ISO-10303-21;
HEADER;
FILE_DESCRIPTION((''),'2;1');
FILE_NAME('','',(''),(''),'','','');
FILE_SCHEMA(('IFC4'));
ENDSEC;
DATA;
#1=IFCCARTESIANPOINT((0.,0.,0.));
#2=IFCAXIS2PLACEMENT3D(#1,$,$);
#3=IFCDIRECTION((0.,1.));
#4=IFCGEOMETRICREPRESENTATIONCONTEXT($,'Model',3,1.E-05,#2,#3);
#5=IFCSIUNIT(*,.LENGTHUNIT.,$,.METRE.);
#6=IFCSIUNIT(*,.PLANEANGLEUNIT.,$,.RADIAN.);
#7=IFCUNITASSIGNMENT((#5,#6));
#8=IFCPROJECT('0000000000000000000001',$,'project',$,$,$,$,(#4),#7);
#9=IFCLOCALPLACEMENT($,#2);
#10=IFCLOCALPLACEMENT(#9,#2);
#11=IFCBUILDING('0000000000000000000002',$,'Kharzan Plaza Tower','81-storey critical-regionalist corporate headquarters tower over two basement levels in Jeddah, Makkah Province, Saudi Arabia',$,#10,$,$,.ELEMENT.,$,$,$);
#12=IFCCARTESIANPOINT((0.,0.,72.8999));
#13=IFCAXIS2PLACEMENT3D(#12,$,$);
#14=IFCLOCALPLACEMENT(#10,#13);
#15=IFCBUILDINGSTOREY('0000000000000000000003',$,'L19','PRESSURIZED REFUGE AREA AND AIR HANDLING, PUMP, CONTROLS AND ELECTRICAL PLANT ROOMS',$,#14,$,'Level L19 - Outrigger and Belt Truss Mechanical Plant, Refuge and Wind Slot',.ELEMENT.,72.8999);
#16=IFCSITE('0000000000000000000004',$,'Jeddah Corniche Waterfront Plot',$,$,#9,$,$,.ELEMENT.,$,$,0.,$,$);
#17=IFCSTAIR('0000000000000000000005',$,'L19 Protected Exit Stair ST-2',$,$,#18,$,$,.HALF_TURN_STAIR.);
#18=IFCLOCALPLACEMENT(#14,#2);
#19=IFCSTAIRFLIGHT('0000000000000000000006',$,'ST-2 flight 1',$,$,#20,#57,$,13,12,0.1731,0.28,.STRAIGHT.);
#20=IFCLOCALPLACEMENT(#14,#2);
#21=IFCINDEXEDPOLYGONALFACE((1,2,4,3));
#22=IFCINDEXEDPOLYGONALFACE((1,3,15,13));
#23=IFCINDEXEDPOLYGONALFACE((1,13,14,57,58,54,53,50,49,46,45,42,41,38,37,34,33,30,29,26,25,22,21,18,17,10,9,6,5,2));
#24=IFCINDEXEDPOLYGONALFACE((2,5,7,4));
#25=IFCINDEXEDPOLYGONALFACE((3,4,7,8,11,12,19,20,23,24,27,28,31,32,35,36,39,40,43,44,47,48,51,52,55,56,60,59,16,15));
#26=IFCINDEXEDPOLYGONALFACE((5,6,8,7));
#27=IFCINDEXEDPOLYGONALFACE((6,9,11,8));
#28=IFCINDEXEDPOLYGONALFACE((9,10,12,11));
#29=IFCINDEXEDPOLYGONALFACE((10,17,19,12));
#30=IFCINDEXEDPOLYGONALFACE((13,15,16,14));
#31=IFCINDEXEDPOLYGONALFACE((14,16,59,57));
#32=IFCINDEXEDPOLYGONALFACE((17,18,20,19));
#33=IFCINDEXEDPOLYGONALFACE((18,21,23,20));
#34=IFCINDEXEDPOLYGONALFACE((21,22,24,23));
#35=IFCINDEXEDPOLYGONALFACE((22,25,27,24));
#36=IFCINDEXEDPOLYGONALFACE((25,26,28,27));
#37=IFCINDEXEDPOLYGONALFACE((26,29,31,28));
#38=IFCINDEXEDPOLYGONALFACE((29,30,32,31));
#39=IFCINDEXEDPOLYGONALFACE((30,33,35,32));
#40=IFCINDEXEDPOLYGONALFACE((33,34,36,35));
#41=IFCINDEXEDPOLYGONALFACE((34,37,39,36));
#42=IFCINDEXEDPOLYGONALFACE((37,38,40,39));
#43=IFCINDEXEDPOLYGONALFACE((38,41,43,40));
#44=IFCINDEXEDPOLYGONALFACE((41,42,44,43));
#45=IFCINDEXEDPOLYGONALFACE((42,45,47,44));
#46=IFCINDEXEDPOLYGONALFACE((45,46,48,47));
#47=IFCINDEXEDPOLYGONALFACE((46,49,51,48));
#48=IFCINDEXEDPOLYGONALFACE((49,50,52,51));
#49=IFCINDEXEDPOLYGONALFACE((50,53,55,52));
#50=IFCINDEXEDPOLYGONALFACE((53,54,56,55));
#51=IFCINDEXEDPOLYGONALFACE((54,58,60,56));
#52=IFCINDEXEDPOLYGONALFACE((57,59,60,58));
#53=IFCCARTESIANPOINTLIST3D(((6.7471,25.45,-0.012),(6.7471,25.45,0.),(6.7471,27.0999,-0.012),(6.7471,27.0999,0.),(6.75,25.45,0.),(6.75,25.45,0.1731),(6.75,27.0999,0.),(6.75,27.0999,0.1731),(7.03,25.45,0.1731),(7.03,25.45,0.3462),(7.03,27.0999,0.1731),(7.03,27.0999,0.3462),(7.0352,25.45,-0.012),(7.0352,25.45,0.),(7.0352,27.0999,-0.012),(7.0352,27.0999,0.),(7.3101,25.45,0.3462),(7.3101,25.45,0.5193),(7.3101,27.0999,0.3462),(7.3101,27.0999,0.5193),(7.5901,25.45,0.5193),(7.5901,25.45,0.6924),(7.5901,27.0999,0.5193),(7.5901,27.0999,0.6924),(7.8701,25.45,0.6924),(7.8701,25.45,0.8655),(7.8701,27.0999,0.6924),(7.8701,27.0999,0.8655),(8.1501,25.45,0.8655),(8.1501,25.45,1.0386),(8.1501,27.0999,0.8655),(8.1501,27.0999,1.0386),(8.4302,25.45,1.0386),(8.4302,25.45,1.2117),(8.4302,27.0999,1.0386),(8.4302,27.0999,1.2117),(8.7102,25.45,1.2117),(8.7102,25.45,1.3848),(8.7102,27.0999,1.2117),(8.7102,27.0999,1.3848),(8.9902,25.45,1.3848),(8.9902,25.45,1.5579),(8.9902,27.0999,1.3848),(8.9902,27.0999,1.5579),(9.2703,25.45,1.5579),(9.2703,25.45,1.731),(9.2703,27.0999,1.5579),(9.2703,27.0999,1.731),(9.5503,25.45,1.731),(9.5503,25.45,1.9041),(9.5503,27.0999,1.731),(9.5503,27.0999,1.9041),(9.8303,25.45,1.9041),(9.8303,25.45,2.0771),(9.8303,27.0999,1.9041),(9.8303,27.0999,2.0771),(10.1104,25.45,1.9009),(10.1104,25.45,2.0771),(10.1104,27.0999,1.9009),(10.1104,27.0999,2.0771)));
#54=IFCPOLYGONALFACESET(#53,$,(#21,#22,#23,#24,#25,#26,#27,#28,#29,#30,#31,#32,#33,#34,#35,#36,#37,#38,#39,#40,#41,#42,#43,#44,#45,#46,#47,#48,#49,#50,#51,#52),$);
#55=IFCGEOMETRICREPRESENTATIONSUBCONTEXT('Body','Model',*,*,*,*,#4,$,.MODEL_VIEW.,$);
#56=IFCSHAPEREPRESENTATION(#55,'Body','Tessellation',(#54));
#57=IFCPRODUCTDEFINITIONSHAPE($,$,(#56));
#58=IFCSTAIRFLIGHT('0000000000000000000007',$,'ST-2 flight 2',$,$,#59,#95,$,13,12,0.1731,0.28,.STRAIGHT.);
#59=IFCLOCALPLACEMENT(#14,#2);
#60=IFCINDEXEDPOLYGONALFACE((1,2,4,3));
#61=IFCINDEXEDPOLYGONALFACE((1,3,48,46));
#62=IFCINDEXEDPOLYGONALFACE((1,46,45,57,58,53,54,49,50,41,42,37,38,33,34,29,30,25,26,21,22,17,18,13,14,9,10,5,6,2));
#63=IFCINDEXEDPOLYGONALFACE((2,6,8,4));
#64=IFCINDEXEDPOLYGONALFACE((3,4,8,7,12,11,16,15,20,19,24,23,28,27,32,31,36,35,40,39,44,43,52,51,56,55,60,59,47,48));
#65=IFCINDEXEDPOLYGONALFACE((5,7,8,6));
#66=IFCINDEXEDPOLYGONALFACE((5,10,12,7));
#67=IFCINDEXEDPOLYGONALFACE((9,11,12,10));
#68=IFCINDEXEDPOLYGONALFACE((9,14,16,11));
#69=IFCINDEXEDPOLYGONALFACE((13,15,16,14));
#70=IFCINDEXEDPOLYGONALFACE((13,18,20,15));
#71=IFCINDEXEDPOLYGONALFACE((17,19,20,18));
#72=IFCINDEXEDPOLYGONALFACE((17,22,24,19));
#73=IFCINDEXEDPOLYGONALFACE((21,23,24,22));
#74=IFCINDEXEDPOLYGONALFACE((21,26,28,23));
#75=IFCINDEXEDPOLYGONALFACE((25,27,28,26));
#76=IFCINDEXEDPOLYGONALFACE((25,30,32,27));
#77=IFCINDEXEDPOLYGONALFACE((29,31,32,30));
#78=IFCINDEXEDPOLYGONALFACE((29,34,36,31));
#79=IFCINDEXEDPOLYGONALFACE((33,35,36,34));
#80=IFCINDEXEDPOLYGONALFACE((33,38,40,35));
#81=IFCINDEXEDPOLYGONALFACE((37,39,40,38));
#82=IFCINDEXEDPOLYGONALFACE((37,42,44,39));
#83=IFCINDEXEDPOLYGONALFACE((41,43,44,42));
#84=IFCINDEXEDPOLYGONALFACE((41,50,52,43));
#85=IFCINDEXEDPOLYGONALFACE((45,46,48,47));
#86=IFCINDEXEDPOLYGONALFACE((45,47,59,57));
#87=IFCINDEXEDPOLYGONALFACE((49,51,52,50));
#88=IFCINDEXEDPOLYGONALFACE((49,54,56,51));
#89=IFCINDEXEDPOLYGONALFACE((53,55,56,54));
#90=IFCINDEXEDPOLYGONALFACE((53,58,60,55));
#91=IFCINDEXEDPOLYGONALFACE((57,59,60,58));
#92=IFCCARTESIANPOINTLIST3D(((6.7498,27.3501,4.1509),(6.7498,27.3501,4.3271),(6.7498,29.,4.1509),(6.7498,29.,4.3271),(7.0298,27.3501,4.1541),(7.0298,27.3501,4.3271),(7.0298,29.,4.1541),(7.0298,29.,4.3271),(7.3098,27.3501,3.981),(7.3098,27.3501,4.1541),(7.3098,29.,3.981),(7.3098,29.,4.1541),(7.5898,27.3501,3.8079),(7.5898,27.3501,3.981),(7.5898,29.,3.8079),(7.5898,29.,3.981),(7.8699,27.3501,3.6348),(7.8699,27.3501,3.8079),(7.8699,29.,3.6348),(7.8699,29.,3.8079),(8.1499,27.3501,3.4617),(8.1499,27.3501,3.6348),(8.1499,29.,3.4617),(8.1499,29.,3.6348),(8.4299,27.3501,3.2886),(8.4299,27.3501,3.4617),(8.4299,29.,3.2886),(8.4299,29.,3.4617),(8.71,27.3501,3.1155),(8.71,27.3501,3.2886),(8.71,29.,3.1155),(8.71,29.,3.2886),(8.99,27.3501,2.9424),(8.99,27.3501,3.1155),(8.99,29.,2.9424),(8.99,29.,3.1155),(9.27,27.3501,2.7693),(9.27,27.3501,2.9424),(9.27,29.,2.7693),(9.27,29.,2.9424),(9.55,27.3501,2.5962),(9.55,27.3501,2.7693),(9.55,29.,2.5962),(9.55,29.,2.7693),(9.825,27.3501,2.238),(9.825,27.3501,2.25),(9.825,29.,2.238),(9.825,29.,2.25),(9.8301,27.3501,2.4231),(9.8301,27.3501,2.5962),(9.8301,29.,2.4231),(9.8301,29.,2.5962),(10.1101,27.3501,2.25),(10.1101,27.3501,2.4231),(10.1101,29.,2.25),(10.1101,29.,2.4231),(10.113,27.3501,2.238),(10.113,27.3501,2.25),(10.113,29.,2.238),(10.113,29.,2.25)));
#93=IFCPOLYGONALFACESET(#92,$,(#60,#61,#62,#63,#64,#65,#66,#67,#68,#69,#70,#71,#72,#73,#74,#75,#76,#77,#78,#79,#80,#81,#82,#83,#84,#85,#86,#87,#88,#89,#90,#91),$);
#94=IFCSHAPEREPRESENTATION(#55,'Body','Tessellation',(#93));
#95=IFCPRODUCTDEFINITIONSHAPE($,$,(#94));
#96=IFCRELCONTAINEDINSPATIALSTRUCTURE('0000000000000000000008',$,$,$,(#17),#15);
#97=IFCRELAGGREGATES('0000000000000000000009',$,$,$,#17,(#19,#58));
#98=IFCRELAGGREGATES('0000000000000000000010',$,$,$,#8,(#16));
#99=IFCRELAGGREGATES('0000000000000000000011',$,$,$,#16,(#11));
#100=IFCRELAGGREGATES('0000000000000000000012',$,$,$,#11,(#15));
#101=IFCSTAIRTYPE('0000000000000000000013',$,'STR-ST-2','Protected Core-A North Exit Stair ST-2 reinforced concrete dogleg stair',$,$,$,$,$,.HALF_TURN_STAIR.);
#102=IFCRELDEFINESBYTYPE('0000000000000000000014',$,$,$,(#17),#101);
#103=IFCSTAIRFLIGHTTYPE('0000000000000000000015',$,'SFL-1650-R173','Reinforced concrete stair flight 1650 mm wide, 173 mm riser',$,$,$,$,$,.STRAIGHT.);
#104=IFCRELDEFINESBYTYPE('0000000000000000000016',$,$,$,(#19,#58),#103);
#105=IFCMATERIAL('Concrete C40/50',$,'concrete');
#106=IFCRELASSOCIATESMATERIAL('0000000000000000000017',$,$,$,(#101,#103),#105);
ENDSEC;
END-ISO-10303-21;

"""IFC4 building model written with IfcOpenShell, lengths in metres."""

from ifc_helpers import new_model, si_unit, direction, frame, origin, place, context, subcontext, project, spatial, polyline, outline, extrude, source, transform, mapped, material, type_object, element, aggregate, save


model = new_model("IFC4")

# Units and contexts
model_context = context("Model", 3, precision=1e-05, world=origin(), true_north=direction((0.0, 1.0)))
body_context = subcontext(model_context, "Body", "Model", "MODEL_VIEW")
ifc_project = project(units=[si_unit("LENGTHUNIT", "METRE"), si_unit("PLANEANGLEUNIT", "RADIAN")], contexts=[model_context])

# Site, building, storey
site_placement = place(None, origin())
site = spatial("IfcSite", under=ifc_project, at=site_placement, Name="Jeddah Corniche Waterfront Plot", CompositionType="ELEMENT", RefElevation=0.0)
building_placement = place(site_placement, origin())
building = spatial("IfcBuilding", under=site, at=building_placement, Name="Kharzan Plaza Tower", Description="81-storey critical-regionalist corporate headquarters tower over two basement levels in Jeddah, Makkah Province, Saudi Arabia", CompositionType="ELEMENT")
storey_placement = place(building_placement, frame((0.0, 0.0, 72.8999)))
storey = spatial("IfcBuildingStorey", under=building, at=storey_placement, Name="L19", Description="PRESSURIZED REFUGE AREA AND AIR HANDLING, PUMP, CONTROLS AND ELECTRICAL PLANT ROOMS", LongName="Level L19 - Outrigger and Belt Truss Mechanical Plant, Refuge and Wind Slot", CompositionType="ELEMENT", Elevation=72.8999)

# Shared definitions
ifc_material_1 = material(Name="Concrete C40/50", Category="concrete")

# Stair, stair flights
stair_type = type_object("IfcStairType", Name="STR-ST-2", Description="Protected Core-A North Exit Stair ST-2 reinforced concrete dogleg stair", PredefinedType="HALF_TURN_STAIR", material=ifc_material_1)
stair_placement = place(storey_placement, origin())
stair = element("IfcStair", 1, at=stair_placement, inside=storey, type_object=stair_type, Name="L19 Protected Exit Stair ST-2", PredefinedType="HALF_TURN_STAIR")
stair_flight_type = type_object("IfcStairFlightType", Name="SFL-1650-R173", Description="Reinforced concrete stair flight 1650 mm wide, 173 mm riser", PredefinedType="STRAIGHT", material=ifc_material_1)
shared_shape_1 = source(origin(), body_context, "Body", "SweptSolid", [
    extrude(outline(polyline([(-0.0029, -0.012), (-0.0029, 0.0), (0.0, 0.0), (0.0, 0.1731), (0.28, 0.1731), (0.28, 0.3462), (0.5601, 0.3462), (0.5601, 0.5193), (0.8401, 0.5193), (0.8401, 0.6924), (1.1201, 0.6924), (1.1201, 0.8655), (1.4001, 0.8655), (1.4001, 1.0386), (1.6802, 1.0386), (1.6802, 1.2117), (1.9602, 1.2117), (1.9602, 1.3848), (2.2402, 1.3848), (2.2402, 1.5579), (2.5203, 1.5579), (2.5203, 1.731), (2.8003, 1.731), (2.8003, 1.9041), (3.0803, 1.9041), (3.0803, 2.0771), (3.3604, 2.0771), (3.3604, 2.2502), (3.3604, 1.9009), (0.2852, 0.0), (0.2852, -0.012), (-0.0029, -0.012)])), frame((0.0, 0.825, 0.0), z_axis=(0.0, -1.0, 0.0), x_axis=(1.0, 0.0, 0.0)), (0.0, 0.0, 1.0), 1.6499),
])
stair_flight_1_placement = place(storey_placement, frame((6.75, 26.2749, 0.0), z_axis=(0.0, 0.0, 1.0), x_axis=(1.0, 0.0, 0.0)))
stair_flight_1 = element("IfcStairFlight", 2, at=stair_flight_1_placement, type_object=stair_flight_type, Name="ST-2 flight 1", NumberOfRisers=13, NumberOfTreads=12, PredefinedType="STRAIGHT", RiserHeight=0.1731, TreadLength=0.28, context=body_context, shape_type="MappedRepresentation", body=[
    mapped(shared_shape_1, transform((0.0, 0.0, 0.0), x_axis=(1.0, 0.0, 0.0), y_axis=(0.0, 1.0, 0.0), z_axis=(0.0, 0.0, 1.0))),
])
stair_flight_2_placement = place(storey_placement, frame((10.1101, 28.175, 2.25), z_axis=(0.0, 0.0, 1.0), x_axis=(-1.0, 0.0, 0.0)))
stair_flight_2 = element("IfcStairFlight", 3, at=stair_flight_2_placement, type_object=stair_flight_type, Name="ST-2 flight 2", NumberOfRisers=13, NumberOfTreads=12, PredefinedType="STRAIGHT", RiserHeight=0.1731, TreadLength=0.28, context=body_context, shape_type="MappedRepresentation", body=[
    mapped(shared_shape_1, transform((0.0, 0.0, 0.0), x_axis=(1.0, 0.0, 0.0), y_axis=(0.0, 1.0, 0.0), z_axis=(0.0, 0.0, 1.0))),
])
aggregate(stair, [stair_flight_1, stair_flight_2])

save(model, "model.ifc")
